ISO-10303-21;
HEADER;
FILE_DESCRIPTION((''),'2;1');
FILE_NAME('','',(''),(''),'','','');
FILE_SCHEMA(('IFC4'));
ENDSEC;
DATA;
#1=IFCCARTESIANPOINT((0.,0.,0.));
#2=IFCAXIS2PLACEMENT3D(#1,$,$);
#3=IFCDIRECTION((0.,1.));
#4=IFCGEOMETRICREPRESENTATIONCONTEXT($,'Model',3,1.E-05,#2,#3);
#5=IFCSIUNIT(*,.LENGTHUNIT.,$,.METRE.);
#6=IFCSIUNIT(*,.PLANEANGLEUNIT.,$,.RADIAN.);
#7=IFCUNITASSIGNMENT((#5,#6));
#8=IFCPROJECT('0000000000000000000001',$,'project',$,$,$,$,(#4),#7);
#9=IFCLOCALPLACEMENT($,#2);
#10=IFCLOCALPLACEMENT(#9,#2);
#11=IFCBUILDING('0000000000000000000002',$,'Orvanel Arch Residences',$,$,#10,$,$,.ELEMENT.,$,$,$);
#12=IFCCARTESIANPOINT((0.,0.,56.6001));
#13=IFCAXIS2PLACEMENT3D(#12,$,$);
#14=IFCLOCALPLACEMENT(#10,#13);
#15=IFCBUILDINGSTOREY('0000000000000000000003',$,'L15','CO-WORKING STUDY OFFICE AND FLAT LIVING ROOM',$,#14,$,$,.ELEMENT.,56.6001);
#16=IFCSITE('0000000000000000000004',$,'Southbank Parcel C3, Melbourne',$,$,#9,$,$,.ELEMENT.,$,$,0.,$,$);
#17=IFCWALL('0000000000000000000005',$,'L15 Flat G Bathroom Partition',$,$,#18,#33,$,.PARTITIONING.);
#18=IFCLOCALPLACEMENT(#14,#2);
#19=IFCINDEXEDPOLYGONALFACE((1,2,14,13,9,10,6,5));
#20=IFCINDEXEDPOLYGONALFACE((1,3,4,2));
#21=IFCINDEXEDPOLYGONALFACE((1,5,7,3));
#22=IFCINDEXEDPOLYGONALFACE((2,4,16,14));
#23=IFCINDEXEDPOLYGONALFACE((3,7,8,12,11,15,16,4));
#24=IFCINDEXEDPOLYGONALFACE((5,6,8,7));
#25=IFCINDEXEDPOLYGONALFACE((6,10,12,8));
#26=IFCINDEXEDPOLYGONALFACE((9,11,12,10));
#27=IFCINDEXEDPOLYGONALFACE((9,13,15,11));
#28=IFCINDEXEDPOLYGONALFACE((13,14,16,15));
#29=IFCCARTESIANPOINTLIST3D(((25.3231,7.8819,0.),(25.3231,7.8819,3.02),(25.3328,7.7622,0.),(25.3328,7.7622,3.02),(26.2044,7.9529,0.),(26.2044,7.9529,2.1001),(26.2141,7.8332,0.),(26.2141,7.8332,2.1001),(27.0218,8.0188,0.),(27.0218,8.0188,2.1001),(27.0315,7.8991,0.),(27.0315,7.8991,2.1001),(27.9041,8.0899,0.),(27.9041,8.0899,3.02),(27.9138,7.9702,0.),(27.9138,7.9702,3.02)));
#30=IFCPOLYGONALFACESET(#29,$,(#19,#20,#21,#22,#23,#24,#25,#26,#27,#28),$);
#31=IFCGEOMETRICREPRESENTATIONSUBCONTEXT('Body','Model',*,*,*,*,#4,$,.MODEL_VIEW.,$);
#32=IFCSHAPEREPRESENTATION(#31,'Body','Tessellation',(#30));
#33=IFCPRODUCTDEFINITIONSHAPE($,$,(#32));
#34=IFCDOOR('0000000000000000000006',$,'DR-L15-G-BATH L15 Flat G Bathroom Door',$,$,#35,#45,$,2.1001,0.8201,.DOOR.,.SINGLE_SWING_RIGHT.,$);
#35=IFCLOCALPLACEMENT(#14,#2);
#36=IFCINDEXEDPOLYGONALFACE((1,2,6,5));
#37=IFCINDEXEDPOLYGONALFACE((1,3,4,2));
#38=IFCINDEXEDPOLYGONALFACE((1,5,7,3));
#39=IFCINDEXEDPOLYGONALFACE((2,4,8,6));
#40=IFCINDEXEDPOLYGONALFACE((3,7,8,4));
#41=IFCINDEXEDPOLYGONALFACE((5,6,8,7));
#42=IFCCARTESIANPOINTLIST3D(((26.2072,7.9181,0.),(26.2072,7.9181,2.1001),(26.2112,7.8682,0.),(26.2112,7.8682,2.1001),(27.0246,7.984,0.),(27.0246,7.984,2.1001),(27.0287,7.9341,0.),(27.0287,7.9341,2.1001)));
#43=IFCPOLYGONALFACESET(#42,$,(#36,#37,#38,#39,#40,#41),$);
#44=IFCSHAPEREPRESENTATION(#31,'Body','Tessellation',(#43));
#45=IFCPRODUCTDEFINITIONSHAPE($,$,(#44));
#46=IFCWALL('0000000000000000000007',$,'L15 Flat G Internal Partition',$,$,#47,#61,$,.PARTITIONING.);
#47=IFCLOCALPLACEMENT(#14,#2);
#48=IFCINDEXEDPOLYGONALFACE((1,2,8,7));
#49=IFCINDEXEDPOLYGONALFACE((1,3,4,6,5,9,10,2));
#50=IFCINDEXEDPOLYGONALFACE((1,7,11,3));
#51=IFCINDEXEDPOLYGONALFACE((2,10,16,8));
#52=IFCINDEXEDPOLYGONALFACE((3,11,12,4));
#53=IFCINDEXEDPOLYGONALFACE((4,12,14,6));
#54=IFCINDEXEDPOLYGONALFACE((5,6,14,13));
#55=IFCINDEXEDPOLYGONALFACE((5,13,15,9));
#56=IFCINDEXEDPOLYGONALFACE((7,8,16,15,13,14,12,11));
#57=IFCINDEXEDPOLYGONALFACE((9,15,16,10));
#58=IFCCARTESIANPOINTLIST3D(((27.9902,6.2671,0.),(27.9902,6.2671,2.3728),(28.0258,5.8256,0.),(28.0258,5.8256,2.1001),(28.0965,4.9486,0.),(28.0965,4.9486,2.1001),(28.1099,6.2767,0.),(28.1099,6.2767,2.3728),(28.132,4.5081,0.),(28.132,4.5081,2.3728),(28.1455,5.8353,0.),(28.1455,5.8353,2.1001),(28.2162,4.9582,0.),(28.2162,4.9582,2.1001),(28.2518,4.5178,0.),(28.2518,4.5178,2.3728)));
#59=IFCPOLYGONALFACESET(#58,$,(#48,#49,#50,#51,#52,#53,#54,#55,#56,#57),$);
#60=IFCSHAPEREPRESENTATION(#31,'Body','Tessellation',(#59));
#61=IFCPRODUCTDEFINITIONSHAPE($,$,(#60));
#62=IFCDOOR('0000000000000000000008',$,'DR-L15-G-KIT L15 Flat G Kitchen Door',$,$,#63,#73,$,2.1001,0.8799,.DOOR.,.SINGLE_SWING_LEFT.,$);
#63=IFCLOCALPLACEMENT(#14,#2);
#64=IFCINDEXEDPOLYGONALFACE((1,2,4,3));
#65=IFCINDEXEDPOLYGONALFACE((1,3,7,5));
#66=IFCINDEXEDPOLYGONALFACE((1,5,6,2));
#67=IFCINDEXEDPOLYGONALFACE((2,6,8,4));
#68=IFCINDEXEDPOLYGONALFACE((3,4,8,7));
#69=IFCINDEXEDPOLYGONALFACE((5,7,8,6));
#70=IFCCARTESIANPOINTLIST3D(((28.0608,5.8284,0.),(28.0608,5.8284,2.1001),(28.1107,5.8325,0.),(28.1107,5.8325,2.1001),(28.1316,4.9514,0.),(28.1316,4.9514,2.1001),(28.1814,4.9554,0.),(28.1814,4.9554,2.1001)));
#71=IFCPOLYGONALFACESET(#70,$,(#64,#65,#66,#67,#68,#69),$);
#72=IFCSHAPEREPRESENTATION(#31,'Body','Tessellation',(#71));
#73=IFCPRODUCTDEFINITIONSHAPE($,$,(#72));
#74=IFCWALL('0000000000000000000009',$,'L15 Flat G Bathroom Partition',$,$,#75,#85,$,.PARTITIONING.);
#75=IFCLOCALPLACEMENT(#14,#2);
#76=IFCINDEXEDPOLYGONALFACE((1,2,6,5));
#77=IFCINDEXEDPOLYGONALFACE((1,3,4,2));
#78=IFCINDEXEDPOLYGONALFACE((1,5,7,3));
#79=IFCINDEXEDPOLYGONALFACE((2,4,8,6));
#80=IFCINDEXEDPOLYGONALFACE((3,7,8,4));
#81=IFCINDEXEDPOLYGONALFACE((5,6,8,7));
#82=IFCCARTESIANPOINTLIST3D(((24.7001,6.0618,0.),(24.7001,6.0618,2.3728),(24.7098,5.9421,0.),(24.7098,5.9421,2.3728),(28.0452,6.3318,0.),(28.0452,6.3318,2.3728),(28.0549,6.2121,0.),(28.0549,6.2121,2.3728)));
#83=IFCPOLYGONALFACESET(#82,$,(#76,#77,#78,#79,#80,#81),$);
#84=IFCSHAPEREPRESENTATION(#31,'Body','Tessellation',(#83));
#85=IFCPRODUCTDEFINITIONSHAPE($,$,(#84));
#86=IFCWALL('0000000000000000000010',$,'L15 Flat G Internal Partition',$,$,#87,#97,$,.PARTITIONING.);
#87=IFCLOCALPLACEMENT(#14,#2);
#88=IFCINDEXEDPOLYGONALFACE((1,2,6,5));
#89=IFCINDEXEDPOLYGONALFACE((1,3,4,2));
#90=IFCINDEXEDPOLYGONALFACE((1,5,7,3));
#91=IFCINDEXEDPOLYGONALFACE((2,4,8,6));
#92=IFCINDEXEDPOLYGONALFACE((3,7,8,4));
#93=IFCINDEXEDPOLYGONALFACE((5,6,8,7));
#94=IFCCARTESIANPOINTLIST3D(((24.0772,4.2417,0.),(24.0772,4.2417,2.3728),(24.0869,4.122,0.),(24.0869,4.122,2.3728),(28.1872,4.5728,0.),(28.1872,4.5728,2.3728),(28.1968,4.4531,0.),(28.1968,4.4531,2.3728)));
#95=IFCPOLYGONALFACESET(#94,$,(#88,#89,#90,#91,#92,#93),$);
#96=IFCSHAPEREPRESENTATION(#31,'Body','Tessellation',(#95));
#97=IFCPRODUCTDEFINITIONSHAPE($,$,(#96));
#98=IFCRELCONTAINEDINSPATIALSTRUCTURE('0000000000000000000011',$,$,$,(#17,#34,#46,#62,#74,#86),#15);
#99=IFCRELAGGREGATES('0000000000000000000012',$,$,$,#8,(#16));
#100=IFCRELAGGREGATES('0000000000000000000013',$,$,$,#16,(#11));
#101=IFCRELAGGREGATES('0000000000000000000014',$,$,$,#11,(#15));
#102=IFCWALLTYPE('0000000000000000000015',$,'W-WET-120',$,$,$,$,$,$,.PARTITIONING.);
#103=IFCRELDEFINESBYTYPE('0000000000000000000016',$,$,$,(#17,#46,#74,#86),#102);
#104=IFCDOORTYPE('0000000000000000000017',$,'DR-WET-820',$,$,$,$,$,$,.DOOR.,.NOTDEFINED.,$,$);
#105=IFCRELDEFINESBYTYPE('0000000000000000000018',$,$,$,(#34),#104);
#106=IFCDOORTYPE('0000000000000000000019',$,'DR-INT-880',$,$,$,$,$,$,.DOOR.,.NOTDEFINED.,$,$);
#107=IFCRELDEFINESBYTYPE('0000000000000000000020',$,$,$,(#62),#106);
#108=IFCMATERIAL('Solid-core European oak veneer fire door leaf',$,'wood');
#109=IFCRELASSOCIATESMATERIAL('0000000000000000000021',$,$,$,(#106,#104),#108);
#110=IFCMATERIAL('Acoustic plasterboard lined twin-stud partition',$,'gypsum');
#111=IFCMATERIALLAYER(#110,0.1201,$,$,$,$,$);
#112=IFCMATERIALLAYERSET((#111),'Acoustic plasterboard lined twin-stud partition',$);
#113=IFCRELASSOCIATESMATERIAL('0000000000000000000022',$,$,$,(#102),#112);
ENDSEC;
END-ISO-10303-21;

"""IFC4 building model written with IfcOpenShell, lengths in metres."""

from ifc_helpers import new_model, si_unit, direction, frame, frame_2d, origin, place, context, subcontext, project, spatial, rectangle, extrude, material, layer, layer_set, type_object, element, fill, save


model = new_model("IFC4")

# Units and contexts
model_context = context("Model", 3, precision=1e-05, world=origin(), true_north=direction((0.0, 1.0)))
body_context = subcontext(model_context, "Body", "Model", "MODEL_VIEW")
ifc_project = project(units=[si_unit("LENGTHUNIT", "METRE"), si_unit("PLANEANGLEUNIT", "RADIAN")], contexts=[model_context])

# Site, building, storey
site_placement = place(None, origin())
site = spatial("IfcSite", under=ifc_project, at=site_placement, Name="Southbank Parcel C3, Melbourne", CompositionType="ELEMENT", RefElevation=0.0)
building_placement = place(site_placement, origin())
building = spatial("IfcBuilding", under=site, at=building_placement, Name="Orvanel Arch Residences", CompositionType="ELEMENT")
storey_placement = place(building_placement, frame((0.0, 0.0, 56.6001)))
storey = spatial("IfcBuildingStorey", under=building, at=storey_placement, Name="L15", Description="CO-WORKING STUDY OFFICE AND FLAT LIVING ROOM", CompositionType="ELEMENT", Elevation=56.6001)

# Shared definitions
ifc_material_1 = material(Name="Solid-core European oak veneer fire door leaf", Category="wood")
door_type_1 = type_object("IfcDoorType", Name="DR-INT-880", OperationType="NOTDEFINED", PredefinedType="DOOR", material=ifc_material_1)

# Shared definitions
ifc_material_2 = material(Name="Acoustic plasterboard lined twin-stud partition", Category="gypsum")

# Shared definitions
ifc_layer_1 = layer(ifc_material_2, 0.1201)
ifc_layer_set_1 = layer_set([ifc_layer_1], Name="Acoustic plasterboard lined twin-stud partition")
wall_type_1 = type_object("IfcWallType", Name="W-WET-120", PredefinedType="PARTITIONING", material=ifc_layer_set_1)

# Shared definitions
door_type_2 = type_object("IfcDoorType", Name="DR-WET-820", OperationType="NOTDEFINED", PredefinedType="DOOR", material=ifc_material_1)

# Walls, openings, doors
wall_1_placement = place(storey_placement, frame((27.9089, 8.03, 0.0), z_axis=(0.0, 0.0, 1.0), x_axis=(-0.996768, -0.08033, 0.0)))
wall_1 = element("IfcWall", 1, at=wall_1_placement, inside=storey, type_object=wall_type_1, Name="L15 Flat G Bathroom Partition", PredefinedType="PARTITIONING", context=body_context, shape_type="SweptSolid", body=[
    extrude(rectangle(XDim=2.5894, YDim=0.1201, at=frame_2d((1.2947, 0.0))), origin(), (0.0, 0.0, 1.0), 3.02),
])
opening_1_placement = place(wall_1_placement, frame((0.885, 0.0, 0.0)))
opening_1 = element("IfcOpeningElement", 2, at=opening_1_placement, cuts=wall_1, PredefinedType="OPENING", context=body_context, shape_type="SweptSolid", body=[
    extrude(rectangle(XDim=0.8201, YDim=2.1001, at=frame_2d((0.4102, 1.05))), frame((0.0, 0.0701, 0.0), z_axis=(0.0, -1.0, 0.0), x_axis=(1.0, 0.0, 0.0)), (0.0, 0.0, 1.0), 0.1401),
])
door_1_placement = place(opening_1_placement, origin())
door_1 = element("IfcDoor", 3, at=door_1_placement, inside=storey, type_object=door_type_2, Name="DR-L15-G-BATH L15 Flat G Bathroom Door", OperationType="SINGLE_SWING_RIGHT", OverallHeight=2.1001, OverallWidth=0.8201, PredefinedType="DOOR", context=body_context, shape_type="SweptSolid", body=[
    extrude(rectangle(XDim=0.8201, YDim=2.1001, at=frame_2d((0.4102, 1.05))), frame((0.0, 0.0249, 0.0), z_axis=(0.0, -1.0, 0.0), x_axis=(1.0, 0.0, 0.0)), (0.0, 0.0, 1.0), 0.05),
])
fill(opening_1, door_1)
wall_2_placement = place(storey_placement, frame((28.1919, 4.5129, 0.0), z_axis=(0.0, 0.0, 1.0), x_axis=(-0.080378, 0.996764, 0.0)))
wall_2 = element("IfcWall", 4, at=wall_2_placement, inside=storey, type_object=wall_type_1, Name="L15 Flat G Internal Partition", PredefinedType="PARTITIONING", context=body_context, shape_type="SweptSolid", body=[
    extrude(rectangle(XDim=1.7646, YDim=0.1201, at=frame_2d((0.8823, 0.0))), origin(), (0.0, 0.0, 1.0), 2.3728),
])
opening_2_placement = place(wall_2_placement, frame((0.4419, 0.0, 0.0)))
opening_2 = element("IfcOpeningElement", 5, at=opening_2_placement, cuts=wall_2, PredefinedType="OPENING", context=body_context, shape_type="SweptSolid", body=[
    extrude(rectangle(XDim=0.8799, YDim=2.1001, at=frame_2d((0.4399, 1.05))), frame((0.0, 0.0701, 0.0), z_axis=(0.0, -1.0, 0.0), x_axis=(1.0, 0.0, 0.0)), (0.0, 0.0, 1.0), 0.1401),
])
door_2_placement = place(opening_2_placement, origin())
door_2 = element("IfcDoor", 6, at=door_2_placement, inside=storey, type_object=door_type_1, Name="DR-L15-G-KIT L15 Flat G Kitchen Door", OperationType="SINGLE_SWING_LEFT", OverallHeight=2.1001, OverallWidth=0.8799, PredefinedType="DOOR", context=body_context, shape_type="SweptSolid", body=[
    extrude(rectangle(XDim=0.8799, YDim=2.1001, at=frame_2d((0.4399, 1.05))), frame((0.0, 0.0249, 0.0), z_axis=(0.0, -1.0, 0.0), x_axis=(1.0, 0.0, 0.0)), (0.0, 0.0, 1.0), 0.05),
])
fill(opening_2, door_2)

# Walls
wall_3_placement = place(storey_placement, frame((28.05, 6.272, 0.0), z_axis=(0.0, 0.0, 1.0), x_axis=(-0.996758, -0.080462, 0.0)))
element("IfcWall", 7, at=wall_3_placement, inside=storey, type_object=wall_type_1, Name="L15 Flat G Bathroom Partition", PredefinedType="PARTITIONING", context=body_context, shape_type="SweptSolid", body=[
    extrude(rectangle(XDim=3.356, YDim=0.1201, at=frame_2d((1.678, 0.0))), origin(), (0.0, 0.0, 1.0), 2.3728),
])
wall_4_placement = place(storey_placement, frame((28.1919, 4.5129, 0.0), z_axis=(0.0, 0.0, 1.0), x_axis=(-0.996771, -0.080291, 0.0)))
element("IfcWall", 8, at=wall_4_placement, inside=storey, type_object=wall_type_1, Name="L15 Flat G Internal Partition", PredefinedType="PARTITIONING", context=body_context, shape_type="SweptSolid", body=[
    extrude(rectangle(XDim=4.1233, YDim=0.1201, at=frame_2d((2.0615, 0.0))), origin(), (0.0, 0.0, 1.0), 2.3728),
])

save(model, "model.ifc")
